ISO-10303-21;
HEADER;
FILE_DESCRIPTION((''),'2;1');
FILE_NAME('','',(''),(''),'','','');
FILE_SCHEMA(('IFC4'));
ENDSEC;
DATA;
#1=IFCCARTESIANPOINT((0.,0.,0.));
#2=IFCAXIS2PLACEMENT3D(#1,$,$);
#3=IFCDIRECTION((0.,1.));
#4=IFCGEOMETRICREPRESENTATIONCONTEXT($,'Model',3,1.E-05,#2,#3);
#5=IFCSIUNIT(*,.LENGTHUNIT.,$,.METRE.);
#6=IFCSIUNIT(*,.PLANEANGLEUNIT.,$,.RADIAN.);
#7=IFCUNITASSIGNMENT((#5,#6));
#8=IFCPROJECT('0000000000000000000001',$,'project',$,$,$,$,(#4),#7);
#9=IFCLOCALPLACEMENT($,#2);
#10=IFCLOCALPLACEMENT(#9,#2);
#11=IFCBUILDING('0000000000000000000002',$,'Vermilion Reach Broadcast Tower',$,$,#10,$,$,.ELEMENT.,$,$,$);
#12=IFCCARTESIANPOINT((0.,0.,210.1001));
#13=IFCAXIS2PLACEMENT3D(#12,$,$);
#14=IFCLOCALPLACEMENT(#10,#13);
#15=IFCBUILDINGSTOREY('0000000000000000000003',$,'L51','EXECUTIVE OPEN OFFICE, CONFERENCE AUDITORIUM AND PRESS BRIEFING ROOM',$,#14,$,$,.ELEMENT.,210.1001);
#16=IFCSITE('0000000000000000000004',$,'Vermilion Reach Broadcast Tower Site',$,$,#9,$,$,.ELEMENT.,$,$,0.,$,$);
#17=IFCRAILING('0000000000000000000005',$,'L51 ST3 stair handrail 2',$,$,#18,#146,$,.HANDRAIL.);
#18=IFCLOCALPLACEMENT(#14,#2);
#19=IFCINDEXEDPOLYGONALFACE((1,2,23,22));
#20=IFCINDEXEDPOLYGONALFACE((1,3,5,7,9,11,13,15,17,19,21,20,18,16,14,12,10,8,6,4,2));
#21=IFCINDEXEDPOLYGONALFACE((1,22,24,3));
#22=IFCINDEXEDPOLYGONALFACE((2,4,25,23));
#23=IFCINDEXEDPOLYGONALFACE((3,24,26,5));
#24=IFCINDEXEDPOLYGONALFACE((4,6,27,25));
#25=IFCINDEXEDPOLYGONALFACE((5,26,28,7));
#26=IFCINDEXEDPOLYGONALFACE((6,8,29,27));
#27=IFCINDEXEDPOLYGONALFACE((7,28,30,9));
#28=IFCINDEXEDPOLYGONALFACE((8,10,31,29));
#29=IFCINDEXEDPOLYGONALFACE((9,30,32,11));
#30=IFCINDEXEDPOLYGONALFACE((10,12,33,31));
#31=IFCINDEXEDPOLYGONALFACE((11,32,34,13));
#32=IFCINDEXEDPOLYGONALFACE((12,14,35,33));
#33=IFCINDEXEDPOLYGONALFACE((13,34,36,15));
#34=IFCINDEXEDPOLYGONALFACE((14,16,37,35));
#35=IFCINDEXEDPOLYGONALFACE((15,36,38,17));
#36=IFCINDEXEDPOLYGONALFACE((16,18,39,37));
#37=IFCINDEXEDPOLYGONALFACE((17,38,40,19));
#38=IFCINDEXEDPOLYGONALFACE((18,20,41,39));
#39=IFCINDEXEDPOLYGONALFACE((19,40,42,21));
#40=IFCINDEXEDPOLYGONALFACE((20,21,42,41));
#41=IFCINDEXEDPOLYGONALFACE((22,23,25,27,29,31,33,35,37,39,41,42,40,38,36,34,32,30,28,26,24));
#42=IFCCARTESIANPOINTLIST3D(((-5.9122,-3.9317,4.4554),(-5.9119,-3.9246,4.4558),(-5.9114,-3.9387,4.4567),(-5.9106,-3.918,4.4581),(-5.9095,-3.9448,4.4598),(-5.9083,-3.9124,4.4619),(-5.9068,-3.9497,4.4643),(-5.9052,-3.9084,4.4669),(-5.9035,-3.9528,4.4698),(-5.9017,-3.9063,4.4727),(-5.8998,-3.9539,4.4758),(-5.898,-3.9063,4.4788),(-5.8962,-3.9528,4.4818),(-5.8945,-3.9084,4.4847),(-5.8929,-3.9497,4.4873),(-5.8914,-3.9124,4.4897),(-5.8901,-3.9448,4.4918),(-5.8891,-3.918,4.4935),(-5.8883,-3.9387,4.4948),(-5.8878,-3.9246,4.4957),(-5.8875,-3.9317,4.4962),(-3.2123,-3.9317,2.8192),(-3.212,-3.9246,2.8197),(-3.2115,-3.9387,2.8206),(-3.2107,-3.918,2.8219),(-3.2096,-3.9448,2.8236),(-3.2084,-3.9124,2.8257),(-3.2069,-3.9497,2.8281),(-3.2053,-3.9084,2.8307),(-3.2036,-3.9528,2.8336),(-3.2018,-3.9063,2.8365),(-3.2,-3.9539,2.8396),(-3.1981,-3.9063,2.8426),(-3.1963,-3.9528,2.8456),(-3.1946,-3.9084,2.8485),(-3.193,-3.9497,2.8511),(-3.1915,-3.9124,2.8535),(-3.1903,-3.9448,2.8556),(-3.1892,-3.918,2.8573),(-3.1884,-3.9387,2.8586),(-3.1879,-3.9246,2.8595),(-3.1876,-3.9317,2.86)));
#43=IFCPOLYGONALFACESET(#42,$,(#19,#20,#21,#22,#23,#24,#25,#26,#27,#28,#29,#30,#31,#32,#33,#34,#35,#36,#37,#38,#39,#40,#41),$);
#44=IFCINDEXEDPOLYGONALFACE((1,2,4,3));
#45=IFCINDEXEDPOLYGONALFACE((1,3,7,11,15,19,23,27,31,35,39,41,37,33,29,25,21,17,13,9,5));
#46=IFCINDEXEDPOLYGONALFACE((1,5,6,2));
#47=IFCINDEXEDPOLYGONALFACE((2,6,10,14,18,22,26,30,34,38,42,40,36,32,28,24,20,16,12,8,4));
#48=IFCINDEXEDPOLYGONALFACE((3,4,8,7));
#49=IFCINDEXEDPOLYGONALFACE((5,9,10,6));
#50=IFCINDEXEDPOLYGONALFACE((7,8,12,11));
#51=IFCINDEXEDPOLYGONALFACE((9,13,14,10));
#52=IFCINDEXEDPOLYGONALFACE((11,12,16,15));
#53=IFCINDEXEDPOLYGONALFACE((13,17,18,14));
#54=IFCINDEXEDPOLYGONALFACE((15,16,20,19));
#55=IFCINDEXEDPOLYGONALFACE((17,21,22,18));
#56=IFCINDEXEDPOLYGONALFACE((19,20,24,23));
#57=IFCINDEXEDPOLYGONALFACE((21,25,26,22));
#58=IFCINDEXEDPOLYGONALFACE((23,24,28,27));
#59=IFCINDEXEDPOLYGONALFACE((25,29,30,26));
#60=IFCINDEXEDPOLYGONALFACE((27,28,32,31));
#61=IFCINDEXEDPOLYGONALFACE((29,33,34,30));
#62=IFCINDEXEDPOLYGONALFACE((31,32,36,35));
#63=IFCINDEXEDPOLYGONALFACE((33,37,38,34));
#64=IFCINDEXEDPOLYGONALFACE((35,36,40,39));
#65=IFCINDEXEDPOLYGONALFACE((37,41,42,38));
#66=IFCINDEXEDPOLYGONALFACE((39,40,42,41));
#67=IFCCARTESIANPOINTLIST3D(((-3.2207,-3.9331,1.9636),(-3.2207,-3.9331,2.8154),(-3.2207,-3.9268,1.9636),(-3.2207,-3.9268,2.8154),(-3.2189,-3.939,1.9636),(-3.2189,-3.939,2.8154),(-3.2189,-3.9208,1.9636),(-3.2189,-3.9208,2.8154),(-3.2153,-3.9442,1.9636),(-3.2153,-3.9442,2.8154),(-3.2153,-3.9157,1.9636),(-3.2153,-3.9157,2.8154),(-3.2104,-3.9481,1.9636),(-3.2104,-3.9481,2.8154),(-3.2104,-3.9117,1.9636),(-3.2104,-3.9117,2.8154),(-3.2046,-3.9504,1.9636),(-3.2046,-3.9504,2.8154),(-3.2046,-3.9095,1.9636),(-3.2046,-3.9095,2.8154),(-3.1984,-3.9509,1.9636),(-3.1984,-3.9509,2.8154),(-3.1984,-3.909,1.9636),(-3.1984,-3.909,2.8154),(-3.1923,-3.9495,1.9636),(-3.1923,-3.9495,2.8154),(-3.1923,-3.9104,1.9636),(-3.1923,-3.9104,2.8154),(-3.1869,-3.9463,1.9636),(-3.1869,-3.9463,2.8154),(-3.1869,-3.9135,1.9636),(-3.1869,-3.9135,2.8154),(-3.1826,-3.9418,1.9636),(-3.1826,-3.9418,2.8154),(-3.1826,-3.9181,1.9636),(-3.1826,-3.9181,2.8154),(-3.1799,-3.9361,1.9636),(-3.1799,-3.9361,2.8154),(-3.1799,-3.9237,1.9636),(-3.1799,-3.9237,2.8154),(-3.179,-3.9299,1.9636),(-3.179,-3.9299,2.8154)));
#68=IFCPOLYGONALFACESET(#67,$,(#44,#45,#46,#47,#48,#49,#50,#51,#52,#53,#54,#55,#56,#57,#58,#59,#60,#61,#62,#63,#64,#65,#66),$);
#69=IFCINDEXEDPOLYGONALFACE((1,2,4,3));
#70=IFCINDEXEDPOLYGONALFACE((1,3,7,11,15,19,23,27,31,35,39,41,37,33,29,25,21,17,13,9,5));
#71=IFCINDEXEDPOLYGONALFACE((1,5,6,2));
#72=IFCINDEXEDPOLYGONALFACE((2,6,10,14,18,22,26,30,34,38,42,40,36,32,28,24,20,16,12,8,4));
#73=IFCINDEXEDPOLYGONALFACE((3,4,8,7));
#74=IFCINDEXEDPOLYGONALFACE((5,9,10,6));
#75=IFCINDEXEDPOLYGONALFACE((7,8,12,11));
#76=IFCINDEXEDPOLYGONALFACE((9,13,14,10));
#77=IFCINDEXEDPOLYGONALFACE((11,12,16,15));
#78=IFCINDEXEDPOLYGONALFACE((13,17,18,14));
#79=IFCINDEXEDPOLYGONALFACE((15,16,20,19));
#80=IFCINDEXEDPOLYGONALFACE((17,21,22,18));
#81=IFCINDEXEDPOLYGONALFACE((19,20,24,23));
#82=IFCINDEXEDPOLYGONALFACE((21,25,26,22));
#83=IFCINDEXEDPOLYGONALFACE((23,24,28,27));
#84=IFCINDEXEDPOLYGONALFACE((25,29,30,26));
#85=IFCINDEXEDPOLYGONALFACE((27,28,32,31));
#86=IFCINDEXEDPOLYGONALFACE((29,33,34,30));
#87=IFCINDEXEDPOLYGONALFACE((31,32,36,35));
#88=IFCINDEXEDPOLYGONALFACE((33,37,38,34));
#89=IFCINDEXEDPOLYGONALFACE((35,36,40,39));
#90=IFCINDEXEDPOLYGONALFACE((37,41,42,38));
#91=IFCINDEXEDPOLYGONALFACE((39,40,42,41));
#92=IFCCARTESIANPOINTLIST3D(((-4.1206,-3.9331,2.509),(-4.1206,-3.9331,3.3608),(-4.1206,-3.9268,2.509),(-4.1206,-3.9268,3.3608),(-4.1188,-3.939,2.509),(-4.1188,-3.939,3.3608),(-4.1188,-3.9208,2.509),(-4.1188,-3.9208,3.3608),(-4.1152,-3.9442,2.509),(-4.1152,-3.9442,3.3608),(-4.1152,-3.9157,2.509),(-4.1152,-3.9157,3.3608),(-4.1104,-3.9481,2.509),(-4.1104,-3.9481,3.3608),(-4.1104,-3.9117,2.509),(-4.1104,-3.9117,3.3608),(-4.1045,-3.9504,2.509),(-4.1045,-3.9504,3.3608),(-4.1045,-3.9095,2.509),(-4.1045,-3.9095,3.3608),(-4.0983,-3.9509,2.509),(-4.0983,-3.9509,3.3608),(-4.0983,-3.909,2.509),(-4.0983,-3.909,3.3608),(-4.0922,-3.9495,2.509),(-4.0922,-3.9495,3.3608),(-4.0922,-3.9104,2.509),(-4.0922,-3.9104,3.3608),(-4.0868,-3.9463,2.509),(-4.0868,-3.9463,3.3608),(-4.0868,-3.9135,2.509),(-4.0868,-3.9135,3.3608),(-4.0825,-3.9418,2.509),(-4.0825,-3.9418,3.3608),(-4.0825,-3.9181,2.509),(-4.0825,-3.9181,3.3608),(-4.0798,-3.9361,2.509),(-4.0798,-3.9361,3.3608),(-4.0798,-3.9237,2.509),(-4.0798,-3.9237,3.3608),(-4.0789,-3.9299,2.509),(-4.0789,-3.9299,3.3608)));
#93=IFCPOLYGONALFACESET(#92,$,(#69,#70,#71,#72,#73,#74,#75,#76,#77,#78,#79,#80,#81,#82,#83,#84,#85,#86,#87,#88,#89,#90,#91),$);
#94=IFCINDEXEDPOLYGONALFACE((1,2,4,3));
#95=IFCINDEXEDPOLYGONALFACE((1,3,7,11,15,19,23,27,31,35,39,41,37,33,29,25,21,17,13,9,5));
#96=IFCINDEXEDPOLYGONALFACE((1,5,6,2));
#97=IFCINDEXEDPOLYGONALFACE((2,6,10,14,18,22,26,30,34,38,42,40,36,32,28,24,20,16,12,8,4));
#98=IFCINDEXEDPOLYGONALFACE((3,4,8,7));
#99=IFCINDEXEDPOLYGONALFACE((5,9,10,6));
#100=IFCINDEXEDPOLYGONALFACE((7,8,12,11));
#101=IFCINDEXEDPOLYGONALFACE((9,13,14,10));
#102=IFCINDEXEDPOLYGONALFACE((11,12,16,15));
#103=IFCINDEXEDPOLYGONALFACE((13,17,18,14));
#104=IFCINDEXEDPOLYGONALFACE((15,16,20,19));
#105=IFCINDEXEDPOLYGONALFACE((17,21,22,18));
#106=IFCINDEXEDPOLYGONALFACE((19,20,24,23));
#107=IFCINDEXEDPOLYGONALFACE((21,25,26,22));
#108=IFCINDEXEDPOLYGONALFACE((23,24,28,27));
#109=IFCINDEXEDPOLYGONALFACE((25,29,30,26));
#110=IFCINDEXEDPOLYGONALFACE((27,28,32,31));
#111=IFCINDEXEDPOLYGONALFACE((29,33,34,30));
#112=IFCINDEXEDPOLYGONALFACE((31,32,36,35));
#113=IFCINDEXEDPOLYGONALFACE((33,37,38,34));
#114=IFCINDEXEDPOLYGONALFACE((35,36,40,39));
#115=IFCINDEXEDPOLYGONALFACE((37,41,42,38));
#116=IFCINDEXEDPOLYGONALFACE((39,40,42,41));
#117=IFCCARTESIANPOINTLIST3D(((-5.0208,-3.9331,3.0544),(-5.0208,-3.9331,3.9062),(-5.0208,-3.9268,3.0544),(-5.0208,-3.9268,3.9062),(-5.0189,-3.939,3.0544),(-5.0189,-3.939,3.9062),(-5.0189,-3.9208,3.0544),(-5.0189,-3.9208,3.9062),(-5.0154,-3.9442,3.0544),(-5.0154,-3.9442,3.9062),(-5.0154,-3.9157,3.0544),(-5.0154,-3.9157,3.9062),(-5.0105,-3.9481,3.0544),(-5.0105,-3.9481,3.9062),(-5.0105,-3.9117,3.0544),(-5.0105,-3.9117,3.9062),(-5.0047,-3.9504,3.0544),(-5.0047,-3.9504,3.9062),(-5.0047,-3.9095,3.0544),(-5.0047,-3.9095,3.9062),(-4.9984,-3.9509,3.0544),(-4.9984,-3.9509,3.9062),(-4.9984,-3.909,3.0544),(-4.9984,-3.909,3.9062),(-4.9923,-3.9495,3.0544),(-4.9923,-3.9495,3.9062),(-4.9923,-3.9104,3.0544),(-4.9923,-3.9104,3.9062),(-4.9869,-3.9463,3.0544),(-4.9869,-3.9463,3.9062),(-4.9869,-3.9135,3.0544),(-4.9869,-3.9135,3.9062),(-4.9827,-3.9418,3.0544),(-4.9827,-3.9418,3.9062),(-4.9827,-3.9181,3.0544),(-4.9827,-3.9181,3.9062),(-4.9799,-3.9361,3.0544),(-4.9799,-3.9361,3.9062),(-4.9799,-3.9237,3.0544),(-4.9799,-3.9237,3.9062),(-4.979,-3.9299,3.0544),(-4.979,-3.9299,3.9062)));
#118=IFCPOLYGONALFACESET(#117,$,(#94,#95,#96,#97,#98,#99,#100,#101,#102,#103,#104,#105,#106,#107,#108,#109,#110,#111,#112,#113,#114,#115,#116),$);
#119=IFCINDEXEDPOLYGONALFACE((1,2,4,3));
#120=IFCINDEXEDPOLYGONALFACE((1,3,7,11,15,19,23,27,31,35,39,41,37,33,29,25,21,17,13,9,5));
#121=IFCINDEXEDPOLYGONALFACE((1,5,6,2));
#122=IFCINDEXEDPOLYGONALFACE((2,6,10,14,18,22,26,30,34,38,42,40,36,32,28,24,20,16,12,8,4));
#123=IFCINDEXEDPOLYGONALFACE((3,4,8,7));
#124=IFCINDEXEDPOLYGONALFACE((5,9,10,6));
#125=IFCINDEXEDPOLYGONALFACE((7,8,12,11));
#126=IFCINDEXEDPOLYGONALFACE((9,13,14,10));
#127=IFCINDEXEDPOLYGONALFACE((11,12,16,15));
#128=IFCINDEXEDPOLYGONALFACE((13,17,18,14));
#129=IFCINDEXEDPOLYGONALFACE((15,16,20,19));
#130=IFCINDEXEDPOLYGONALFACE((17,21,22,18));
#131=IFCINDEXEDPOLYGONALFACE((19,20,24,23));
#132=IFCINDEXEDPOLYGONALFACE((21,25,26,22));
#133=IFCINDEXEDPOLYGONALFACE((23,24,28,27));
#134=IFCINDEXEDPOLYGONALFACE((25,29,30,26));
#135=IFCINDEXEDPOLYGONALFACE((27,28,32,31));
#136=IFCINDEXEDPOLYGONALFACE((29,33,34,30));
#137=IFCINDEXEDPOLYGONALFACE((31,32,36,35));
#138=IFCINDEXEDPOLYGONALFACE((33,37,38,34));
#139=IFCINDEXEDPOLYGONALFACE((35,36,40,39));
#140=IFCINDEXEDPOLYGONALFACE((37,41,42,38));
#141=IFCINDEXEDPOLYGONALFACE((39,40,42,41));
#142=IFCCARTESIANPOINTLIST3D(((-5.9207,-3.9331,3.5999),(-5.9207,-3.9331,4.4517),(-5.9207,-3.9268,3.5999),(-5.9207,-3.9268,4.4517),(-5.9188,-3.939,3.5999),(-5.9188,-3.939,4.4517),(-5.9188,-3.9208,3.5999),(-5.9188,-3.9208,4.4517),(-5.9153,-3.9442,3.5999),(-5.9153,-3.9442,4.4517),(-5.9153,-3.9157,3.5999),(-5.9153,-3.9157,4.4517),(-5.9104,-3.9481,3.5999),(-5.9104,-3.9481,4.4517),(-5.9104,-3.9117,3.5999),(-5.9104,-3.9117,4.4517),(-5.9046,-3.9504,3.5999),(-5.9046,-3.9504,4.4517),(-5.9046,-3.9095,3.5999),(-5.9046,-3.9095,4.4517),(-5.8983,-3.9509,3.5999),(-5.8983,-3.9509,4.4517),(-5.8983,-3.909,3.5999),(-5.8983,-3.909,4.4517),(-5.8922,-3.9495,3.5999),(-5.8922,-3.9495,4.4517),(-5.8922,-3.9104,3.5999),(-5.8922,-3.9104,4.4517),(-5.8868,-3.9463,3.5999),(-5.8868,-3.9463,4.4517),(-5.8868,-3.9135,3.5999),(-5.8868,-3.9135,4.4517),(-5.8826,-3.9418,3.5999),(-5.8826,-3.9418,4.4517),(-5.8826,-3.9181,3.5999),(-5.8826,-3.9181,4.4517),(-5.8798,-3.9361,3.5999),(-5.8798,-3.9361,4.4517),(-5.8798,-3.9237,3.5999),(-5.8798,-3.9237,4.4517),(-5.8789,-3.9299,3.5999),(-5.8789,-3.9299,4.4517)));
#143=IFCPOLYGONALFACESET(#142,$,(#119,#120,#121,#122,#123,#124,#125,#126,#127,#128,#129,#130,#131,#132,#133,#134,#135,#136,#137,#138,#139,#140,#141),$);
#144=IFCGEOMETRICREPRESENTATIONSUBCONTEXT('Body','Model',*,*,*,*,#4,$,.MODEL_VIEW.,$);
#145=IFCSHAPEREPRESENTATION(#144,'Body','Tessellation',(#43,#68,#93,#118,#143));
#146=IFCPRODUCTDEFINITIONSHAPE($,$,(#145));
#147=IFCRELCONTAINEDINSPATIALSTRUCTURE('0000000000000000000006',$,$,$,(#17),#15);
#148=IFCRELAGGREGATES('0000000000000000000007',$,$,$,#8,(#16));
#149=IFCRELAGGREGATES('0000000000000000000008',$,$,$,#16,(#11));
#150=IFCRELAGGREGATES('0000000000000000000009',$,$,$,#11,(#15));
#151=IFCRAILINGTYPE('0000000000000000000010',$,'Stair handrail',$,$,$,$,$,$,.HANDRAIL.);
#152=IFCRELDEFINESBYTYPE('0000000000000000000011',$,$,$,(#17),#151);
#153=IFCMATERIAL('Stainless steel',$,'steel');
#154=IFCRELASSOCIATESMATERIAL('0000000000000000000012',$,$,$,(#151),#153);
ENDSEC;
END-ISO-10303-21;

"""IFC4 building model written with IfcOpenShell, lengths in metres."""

from ifc_helpers import new_model, si_unit, direction, frame, origin, origin_2d, place, context, subcontext, project, spatial, circle, extrude, material, type_object, element, save


model = new_model("IFC4")

# Units and contexts
model_context = context("Model", 3, precision=1e-05, world=origin(), true_north=direction((0.0, 1.0)))
body_context = subcontext(model_context, "Body", "Model", "MODEL_VIEW")
ifc_project = project(units=[si_unit("LENGTHUNIT", "METRE"), si_unit("PLANEANGLEUNIT", "RADIAN")], contexts=[model_context])

# Site, building, storey
site_placement = place(None, origin())
site = spatial("IfcSite", under=ifc_project, at=site_placement, Name="Vermilion Reach Broadcast Tower Site", CompositionType="ELEMENT", RefElevation=0.0)
building_placement = place(site_placement, origin())
building = spatial("IfcBuilding", under=site, at=building_placement, Name="Vermilion Reach Broadcast Tower", CompositionType="ELEMENT")
storey_placement = place(building_placement, frame((0.0, 0.0, 210.1001)))
storey = spatial("IfcBuildingStorey", under=building, at=storey_placement, Name="L51", Description="EXECUTIVE OPEN OFFICE, CONFERENCE AUDITORIUM AND PRESS BRIEFING ROOM", CompositionType="ELEMENT", Elevation=210.1001)

# Railing
ifc_material_1 = material(Name="Stainless steel", Category="steel")
railing_type_1 = type_object("IfcRailingType", Name="Stair handrail", PredefinedType="HANDRAIL", material=ifc_material_1)
railing_1_placement = place(storey_placement, frame((-3.2, -3.9299, 1.9636)))
element("IfcRailing", 1, at=railing_1_placement, inside=storey, type_object=railing_type_1, Name="L51 ST3 stair handrail 2", PredefinedType="HANDRAIL", context=body_context, shape_type="SweptSolid", body=[
    extrude(circle(Radius=0.0239, at=origin_2d()), frame((0.0, 0.0, 0.876), z_axis=(-0.855212, 0.0, 0.518278), x_axis=(0.0, -1.0, 0.0)), (0.0, 0.0, 1.0), 3.157),
    extrude(circle(Radius=0.021, at=origin_2d()), origin(), (0.0, 0.0, 1.0), 0.8518),
    extrude(circle(Radius=0.021, at=origin_2d()), frame((-0.8999, 0.0, 0.5454)), (0.0, 0.0, 1.0), 0.8518),
    extrude(circle(Radius=0.021, at=origin_2d()), frame((-1.8, 0.0, 1.0908)), (0.0, 0.0, 1.0), 0.8518),
    extrude(circle(Radius=0.021, at=origin_2d()), frame((-2.7, 0.0, 1.6362)), (0.0, 0.0, 1.0), 0.8518),
])

save(model, "model.ifc")
